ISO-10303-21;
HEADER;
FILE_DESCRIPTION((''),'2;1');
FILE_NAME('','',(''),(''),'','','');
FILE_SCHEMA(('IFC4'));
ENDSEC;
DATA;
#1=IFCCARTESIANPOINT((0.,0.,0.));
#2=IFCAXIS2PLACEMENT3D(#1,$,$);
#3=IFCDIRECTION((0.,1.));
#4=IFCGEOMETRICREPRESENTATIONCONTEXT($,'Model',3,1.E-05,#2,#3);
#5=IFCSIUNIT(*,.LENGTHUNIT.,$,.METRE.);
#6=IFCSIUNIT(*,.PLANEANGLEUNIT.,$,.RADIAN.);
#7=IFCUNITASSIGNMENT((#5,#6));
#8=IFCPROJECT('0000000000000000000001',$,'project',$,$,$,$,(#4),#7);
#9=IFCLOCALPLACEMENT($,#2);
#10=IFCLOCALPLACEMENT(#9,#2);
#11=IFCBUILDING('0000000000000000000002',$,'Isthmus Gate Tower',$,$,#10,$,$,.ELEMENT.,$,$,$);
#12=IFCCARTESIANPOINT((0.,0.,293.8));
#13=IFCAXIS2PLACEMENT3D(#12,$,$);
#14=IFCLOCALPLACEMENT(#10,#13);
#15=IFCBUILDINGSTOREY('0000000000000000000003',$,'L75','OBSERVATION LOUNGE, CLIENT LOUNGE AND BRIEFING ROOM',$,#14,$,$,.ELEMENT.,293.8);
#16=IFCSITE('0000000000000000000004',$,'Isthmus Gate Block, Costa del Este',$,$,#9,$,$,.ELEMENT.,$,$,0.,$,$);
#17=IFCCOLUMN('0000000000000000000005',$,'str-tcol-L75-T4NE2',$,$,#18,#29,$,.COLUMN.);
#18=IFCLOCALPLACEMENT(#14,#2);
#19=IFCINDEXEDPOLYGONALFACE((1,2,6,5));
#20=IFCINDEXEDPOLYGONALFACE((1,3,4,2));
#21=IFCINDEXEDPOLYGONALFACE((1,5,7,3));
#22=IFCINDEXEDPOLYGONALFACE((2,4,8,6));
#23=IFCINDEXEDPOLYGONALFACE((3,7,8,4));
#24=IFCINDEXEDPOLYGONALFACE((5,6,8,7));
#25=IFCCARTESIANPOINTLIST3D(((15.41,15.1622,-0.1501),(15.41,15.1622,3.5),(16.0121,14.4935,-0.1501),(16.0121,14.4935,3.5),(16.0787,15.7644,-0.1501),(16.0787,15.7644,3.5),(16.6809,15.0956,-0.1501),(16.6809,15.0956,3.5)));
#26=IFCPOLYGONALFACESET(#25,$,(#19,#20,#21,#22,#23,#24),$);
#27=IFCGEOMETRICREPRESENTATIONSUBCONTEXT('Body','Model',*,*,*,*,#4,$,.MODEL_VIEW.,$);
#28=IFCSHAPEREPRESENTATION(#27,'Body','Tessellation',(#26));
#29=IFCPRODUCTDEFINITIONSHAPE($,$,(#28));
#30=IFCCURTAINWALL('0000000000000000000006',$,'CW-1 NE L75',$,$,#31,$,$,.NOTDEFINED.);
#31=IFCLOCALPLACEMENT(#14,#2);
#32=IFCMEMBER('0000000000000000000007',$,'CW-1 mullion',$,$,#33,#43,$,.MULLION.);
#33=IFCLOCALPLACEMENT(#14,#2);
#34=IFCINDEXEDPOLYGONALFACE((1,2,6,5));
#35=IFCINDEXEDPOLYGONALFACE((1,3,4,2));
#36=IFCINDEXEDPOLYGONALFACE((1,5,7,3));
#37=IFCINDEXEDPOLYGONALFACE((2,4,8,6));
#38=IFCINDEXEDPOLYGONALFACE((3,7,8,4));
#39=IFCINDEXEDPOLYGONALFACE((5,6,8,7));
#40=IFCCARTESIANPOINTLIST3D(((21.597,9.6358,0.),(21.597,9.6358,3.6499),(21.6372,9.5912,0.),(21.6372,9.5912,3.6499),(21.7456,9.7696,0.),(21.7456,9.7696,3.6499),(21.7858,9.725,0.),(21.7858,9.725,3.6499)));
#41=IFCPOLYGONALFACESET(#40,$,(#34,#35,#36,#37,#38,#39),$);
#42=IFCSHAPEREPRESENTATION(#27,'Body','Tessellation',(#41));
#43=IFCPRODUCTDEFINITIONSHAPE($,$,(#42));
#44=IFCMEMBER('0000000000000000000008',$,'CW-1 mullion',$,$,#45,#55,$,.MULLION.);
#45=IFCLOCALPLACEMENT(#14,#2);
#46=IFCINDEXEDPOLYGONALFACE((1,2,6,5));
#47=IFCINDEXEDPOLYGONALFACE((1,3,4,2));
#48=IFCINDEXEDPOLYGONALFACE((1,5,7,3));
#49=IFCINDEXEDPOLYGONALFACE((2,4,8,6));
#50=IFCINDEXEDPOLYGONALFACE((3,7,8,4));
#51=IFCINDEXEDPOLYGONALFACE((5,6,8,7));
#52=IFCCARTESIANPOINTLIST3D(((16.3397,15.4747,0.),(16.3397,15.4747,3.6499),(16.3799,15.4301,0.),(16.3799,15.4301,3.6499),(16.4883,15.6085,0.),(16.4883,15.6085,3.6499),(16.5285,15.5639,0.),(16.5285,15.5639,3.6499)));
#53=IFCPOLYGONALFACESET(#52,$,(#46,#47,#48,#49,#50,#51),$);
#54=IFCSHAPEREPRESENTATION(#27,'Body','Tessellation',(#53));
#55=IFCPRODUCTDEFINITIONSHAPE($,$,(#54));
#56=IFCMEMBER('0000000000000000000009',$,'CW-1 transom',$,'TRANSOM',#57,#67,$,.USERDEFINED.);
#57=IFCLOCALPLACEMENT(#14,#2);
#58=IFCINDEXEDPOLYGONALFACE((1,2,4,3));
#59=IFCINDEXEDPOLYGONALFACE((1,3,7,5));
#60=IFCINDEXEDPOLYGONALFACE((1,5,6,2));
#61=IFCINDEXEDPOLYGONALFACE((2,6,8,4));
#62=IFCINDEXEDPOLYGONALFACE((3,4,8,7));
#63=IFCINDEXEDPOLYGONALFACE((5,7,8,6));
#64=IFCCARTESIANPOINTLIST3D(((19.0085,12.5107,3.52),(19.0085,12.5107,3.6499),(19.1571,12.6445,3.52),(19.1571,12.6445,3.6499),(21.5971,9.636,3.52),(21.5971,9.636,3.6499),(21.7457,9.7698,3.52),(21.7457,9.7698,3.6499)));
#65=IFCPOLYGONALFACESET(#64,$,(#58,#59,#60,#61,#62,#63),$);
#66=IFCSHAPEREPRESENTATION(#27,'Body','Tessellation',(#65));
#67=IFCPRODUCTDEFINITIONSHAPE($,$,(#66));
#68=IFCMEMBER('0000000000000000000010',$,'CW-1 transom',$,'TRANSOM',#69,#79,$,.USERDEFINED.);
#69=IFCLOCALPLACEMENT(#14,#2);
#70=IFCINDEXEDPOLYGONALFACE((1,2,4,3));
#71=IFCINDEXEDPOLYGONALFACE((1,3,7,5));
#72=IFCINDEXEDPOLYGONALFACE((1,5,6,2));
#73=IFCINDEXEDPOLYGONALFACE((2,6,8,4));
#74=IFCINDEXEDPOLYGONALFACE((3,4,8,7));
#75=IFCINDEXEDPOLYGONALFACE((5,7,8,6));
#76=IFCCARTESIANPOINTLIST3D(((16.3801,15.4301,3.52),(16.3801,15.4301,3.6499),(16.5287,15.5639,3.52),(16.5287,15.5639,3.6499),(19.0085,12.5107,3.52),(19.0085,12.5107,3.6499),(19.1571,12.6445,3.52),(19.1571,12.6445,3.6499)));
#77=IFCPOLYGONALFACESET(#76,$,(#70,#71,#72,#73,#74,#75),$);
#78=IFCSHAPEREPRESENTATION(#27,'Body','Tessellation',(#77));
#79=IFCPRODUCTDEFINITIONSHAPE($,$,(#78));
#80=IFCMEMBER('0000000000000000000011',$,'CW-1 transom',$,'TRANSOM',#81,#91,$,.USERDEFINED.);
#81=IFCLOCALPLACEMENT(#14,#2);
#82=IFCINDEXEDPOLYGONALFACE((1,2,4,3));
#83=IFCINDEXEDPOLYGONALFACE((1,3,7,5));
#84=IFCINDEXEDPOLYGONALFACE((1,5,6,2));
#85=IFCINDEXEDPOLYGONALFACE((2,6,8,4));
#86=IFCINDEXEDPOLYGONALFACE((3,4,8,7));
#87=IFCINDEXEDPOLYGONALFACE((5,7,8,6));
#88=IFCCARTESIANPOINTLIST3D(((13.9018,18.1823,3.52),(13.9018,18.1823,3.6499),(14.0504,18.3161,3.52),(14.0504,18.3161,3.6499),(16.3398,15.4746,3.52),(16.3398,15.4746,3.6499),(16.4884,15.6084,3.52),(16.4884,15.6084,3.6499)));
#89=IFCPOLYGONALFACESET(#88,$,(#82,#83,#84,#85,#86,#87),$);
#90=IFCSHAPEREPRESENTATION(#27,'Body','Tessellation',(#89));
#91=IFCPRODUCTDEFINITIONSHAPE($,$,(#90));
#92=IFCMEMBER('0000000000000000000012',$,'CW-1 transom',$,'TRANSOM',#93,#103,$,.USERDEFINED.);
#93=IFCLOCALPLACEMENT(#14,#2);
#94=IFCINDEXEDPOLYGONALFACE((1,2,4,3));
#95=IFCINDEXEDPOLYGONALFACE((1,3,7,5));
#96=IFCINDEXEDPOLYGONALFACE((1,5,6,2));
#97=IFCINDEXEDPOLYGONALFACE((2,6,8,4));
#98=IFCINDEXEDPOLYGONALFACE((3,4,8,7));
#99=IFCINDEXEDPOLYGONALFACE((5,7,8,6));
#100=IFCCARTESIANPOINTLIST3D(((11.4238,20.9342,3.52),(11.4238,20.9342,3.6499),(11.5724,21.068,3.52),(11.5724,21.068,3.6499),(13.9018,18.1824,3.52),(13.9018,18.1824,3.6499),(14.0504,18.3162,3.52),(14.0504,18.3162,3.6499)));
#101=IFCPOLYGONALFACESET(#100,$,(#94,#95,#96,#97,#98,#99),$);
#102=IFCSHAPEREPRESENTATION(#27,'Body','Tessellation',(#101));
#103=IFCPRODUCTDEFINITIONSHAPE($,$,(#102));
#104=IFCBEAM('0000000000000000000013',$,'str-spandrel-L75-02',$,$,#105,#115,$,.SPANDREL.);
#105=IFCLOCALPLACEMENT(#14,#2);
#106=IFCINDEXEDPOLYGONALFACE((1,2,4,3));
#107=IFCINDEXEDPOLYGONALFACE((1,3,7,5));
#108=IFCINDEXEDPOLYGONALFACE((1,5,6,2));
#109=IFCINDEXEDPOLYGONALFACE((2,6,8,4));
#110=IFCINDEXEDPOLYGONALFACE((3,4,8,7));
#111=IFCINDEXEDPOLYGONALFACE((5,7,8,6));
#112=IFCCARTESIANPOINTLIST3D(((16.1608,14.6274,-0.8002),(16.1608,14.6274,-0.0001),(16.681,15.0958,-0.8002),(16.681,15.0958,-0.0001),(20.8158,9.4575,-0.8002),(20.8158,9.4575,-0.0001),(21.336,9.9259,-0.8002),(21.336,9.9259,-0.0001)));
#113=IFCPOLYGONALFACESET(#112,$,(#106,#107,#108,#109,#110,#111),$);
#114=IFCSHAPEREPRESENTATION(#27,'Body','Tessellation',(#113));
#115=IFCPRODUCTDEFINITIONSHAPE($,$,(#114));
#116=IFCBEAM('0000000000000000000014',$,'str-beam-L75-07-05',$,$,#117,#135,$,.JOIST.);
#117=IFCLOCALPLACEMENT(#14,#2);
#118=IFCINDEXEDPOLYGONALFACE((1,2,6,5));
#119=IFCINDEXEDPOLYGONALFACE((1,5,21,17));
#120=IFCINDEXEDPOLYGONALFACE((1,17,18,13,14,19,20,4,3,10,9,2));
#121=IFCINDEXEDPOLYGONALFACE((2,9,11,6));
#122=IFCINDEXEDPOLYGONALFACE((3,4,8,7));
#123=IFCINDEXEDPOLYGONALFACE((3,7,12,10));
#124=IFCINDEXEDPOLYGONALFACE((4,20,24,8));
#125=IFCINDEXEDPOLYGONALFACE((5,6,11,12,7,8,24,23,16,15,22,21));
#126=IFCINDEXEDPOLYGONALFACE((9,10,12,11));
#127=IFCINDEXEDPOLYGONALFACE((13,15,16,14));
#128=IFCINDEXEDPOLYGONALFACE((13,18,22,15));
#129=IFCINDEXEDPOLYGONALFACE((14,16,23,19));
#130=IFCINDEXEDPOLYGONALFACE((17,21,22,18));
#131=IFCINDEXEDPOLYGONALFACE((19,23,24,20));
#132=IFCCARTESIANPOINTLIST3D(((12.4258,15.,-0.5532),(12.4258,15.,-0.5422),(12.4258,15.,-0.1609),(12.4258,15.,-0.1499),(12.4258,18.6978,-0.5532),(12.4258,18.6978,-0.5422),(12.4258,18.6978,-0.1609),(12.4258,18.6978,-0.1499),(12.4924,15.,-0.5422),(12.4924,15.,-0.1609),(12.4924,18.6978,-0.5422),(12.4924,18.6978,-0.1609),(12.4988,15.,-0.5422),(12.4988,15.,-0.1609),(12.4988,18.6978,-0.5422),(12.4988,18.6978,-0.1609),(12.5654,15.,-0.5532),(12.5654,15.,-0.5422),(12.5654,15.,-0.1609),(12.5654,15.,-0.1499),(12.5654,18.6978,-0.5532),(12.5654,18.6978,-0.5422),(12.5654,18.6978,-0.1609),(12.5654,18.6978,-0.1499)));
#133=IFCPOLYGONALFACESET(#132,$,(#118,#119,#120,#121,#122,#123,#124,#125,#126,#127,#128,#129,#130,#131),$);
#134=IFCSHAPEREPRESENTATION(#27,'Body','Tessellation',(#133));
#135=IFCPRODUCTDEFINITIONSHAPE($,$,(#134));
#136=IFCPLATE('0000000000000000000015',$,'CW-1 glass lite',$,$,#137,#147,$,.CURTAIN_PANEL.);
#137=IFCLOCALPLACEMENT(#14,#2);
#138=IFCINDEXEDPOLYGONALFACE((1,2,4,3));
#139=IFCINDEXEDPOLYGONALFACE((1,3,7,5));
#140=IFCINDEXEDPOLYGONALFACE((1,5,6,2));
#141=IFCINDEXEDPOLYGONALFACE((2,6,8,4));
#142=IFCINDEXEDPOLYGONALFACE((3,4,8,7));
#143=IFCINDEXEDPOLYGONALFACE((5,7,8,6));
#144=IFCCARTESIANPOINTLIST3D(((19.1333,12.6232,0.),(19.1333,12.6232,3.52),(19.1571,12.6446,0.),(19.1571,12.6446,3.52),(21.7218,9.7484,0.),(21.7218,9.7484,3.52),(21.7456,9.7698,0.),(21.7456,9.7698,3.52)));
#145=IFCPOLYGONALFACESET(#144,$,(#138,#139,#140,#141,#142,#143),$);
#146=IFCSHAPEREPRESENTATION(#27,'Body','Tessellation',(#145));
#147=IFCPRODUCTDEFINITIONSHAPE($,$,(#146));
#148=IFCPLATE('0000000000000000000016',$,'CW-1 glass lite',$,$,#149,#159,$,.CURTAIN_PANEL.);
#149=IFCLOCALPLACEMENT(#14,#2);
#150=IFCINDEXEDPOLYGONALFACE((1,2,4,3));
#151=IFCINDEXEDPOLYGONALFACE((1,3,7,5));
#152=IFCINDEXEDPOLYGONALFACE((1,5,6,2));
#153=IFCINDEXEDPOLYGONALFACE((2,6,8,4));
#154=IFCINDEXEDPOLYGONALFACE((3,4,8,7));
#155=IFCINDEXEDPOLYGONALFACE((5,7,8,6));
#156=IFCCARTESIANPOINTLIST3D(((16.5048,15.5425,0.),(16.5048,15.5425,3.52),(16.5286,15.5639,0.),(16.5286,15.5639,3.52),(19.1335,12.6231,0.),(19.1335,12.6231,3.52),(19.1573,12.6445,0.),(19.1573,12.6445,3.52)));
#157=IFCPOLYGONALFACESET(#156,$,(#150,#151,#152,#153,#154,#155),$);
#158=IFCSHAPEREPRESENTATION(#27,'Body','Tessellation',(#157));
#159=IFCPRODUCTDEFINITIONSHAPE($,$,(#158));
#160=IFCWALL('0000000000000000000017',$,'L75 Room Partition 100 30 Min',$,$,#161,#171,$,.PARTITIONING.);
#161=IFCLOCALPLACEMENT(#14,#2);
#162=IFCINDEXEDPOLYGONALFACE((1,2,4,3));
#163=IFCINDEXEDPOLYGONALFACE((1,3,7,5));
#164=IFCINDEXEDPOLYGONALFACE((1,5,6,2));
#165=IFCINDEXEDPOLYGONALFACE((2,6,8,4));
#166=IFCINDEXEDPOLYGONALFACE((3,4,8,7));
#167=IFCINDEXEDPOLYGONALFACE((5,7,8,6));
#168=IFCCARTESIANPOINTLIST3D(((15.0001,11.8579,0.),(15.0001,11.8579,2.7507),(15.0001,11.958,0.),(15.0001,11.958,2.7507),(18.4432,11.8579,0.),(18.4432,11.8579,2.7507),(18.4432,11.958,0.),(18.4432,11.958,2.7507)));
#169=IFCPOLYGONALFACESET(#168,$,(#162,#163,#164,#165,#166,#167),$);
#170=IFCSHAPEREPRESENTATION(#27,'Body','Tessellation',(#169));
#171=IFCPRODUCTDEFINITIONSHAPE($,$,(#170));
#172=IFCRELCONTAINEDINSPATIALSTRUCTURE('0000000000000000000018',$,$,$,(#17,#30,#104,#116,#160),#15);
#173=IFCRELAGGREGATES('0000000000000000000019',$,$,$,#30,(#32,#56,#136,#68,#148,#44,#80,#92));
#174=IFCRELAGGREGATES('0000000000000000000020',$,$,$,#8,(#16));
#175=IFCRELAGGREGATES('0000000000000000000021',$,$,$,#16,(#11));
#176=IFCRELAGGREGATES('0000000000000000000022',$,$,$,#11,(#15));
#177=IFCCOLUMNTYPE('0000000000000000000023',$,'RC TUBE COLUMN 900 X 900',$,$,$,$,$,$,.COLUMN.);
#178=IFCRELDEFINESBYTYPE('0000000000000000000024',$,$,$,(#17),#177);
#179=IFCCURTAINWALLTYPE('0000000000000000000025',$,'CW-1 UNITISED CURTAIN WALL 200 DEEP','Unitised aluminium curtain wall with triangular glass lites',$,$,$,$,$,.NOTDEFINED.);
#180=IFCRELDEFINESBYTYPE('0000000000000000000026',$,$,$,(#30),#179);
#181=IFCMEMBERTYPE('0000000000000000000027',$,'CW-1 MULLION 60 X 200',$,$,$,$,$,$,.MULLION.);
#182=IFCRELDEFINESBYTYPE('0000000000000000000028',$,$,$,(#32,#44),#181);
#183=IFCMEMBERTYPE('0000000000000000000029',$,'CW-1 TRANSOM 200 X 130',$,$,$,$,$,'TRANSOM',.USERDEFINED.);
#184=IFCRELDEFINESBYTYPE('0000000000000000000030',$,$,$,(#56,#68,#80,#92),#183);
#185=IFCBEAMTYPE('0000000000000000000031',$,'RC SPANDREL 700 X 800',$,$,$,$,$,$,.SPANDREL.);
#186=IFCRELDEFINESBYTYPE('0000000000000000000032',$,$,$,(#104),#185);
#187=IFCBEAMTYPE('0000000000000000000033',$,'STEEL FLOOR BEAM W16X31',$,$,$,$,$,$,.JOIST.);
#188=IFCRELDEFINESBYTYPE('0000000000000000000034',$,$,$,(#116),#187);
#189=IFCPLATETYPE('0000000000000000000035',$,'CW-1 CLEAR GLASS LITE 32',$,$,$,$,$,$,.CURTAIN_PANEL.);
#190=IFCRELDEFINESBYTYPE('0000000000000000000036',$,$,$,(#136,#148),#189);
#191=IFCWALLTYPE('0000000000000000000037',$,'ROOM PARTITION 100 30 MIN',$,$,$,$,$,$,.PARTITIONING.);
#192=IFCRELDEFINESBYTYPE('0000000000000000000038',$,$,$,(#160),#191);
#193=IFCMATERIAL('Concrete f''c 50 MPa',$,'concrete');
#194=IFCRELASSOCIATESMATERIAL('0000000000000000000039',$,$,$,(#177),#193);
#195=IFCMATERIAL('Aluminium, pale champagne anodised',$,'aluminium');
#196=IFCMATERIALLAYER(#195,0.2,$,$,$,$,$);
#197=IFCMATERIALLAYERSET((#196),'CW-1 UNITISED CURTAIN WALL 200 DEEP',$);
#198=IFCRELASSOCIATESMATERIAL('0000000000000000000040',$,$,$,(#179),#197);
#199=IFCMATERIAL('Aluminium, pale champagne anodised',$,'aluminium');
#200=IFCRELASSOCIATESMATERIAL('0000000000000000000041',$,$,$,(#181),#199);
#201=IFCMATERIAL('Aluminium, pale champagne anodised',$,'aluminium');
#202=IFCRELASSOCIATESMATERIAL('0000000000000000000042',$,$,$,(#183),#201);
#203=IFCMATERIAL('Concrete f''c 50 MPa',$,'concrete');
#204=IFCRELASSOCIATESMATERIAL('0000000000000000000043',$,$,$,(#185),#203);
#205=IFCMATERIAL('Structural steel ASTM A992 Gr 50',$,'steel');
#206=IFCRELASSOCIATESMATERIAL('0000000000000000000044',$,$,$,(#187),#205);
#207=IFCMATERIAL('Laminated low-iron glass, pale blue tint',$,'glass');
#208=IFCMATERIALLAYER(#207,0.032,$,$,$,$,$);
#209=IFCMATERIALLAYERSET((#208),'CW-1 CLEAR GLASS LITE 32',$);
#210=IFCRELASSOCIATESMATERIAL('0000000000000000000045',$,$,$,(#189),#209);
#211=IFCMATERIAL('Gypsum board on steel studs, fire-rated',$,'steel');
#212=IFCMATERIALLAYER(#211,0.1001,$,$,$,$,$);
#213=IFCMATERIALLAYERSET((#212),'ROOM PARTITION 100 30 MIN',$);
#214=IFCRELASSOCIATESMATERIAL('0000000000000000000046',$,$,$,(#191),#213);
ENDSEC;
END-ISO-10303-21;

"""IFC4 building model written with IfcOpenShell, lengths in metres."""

from ifc_helpers import new_model, si_unit, direction, frame, frame_2d, origin, origin_2d, place, context, subcontext, project, spatial, rectangle, i_section, extrude, material, layer, layer_set, material_profile, profile_set, type_object, element, aggregate, save


model = new_model("IFC4")

# Units and contexts
model_context = context("Model", 3, precision=1e-05, world=origin(), true_north=direction((0.0, 1.0)))
body_context = subcontext(model_context, "Body", "Model", "MODEL_VIEW")
ifc_project = project(units=[si_unit("LENGTHUNIT", "METRE"), si_unit("PLANEANGLEUNIT", "RADIAN")], contexts=[model_context])

# Site, building, storey
site_placement = place(None, origin())
site = spatial("IfcSite", under=ifc_project, at=site_placement, Name="Isthmus Gate Block, Costa del Este", CompositionType="ELEMENT", RefElevation=0.0)
building_placement = place(site_placement, origin())
building = spatial("IfcBuilding", under=site, at=building_placement, Name="Isthmus Gate Tower", CompositionType="ELEMENT")
storey_placement = place(building_placement, frame((0.0, 0.0, 293.8)))
storey = spatial("IfcBuildingStorey", under=building, at=storey_placement, Name="L75", Description="OBSERVATION LOUNGE, CLIENT LOUNGE AND BRIEFING ROOM", CompositionType="ELEMENT", Elevation=293.8)

# Column
ifc_material_1 = material(Name="Concrete f'c 50 MPa", Category="concrete")
ifc_material_profile_1 = material_profile(ifc_material_1, rectangle(XDim=0.8999, YDim=0.8999, at=origin_2d()), Name="RC 900X900")
ifc_profile_set_1 = profile_set([ifc_material_profile_1], Name="Concrete f'c 50 MPa")
column_type = type_object("IfcColumnType", Name="RC TUBE COLUMN 900 X 900", PredefinedType="COLUMN", material=ifc_profile_set_1)
column_placement = place(storey_placement, frame((16.0454, 15.1289, -0.1501), z_axis=(0.0, 0.0, 1.0), x_axis=(-0.669131, 0.743145, 0.0)))
element("IfcColumn", 1, at=column_placement, inside=storey, type_object=column_type, Name="str-tcol-L75-T4NE2", PredefinedType="COLUMN", context=body_context, shape_type="SweptSolid", body=[
    extrude(rectangle(XDim=0.8999, YDim=0.8999, at=origin_2d()), origin(), (0.0, 0.0, 1.0), 3.6501),
])

# Curtain wall, members
ifc_material_2 = material(Name="Aluminium, pale champagne anodised", Category="aluminium")
ifc_layer_1 = layer(ifc_material_2, 0.2)
ifc_layer_set_1 = layer_set([ifc_layer_1], Name="CW-1 UNITISED CURTAIN WALL 200 DEEP")
curtain_wall_type = type_object("IfcCurtainWallType", Name="CW-1 UNITISED CURTAIN WALL 200 DEEP", Description="Unitised aluminium curtain wall with triangular glass lites", PredefinedType="NOTDEFINED", material=ifc_layer_set_1)
curtain_wall_placement = place(storey_placement, origin())
curtain_wall = element("IfcCurtainWall", 2, at=curtain_wall_placement, inside=storey, type_object=curtain_wall_type, Name="CW-1 NE L75", PredefinedType="NOTDEFINED")
ifc_material_3 = material(Name="Aluminium, pale champagne anodised", Category="aluminium")
ifc_material_profile_2 = material_profile(ifc_material_3, rectangle(XDim=0.0601, YDim=0.2, at=origin_2d()), Name="60x200")
ifc_profile_set_2 = profile_set([ifc_material_profile_2], Name="Aluminium, pale champagne anodised")
member_type_1 = type_object("IfcMemberType", Name="CW-1 MULLION 60 X 200", PredefinedType="MULLION", material=ifc_profile_set_2)
member_1_placement = place(storey_placement, frame((21.6914, 9.6804, 0.0), z_axis=(0.0, 0.0, 1.0), x_axis=(-0.669131, 0.743145, 0.0)))
member_1 = element("IfcMember", 3, at=member_1_placement, type_object=member_type_1, Name="CW-1 mullion", PredefinedType="MULLION", context=body_context, shape_type="SweptSolid", body=[
    extrude(rectangle(XDim=0.0601, YDim=0.2, at=origin_2d()), origin(), (0.0, 0.0, 1.0), 3.6499),
])
member_2_placement = place(storey_placement, frame((16.4341, 15.5193, 0.0), z_axis=(0.0, 0.0, 1.0), x_axis=(-0.669131, 0.743145, 0.0)))
member_2 = element("IfcMember", 4, at=member_2_placement, type_object=member_type_1, Name="CW-1 mullion", PredefinedType="MULLION", context=body_context, shape_type="SweptSolid", body=[
    extrude(rectangle(XDim=0.0601, YDim=0.2, at=origin_2d()), origin(), (0.0, 0.0, 1.0), 3.6499),
])
ifc_material_4 = material(Name="Aluminium, pale champagne anodised", Category="aluminium")
ifc_material_profile_3 = material_profile(ifc_material_4, rectangle(XDim=0.2, YDim=0.1299, at=origin_2d()), Name="200x130")
ifc_profile_set_3 = profile_set([ifc_material_profile_3], Name="Aluminium, pale champagne anodised")
member_type_2 = type_object("IfcMemberType", Name="CW-1 TRANSOM 200 X 130", ElementType="TRANSOM", PredefinedType="USERDEFINED", material=ifc_profile_set_3)
member_3_placement = place(storey_placement, frame((21.6714, 9.7029, 3.585), z_axis=(-0.669156, 0.743122, 0.0), x_axis=(-0.743122, -0.669156, 0.0)))
member_3 = element("IfcMember", 5, at=member_3_placement, type_object=member_type_2, Name="CW-1 transom", ObjectType="TRANSOM", PredefinedType="USERDEFINED", context=body_context, shape_type="SweptSolid", body=[
    extrude(rectangle(XDim=0.2, YDim=0.1299, at=origin_2d()), origin(), (0.0, 0.0, 1.0), 3.8684),
])
member_4_placement = place(storey_placement, frame((19.0828, 12.5776, 3.585), z_axis=(-0.669095, 0.743177, 0.0), x_axis=(-0.743177, -0.669095, 0.0)))
member_4 = element("IfcMember", 6, at=member_4_placement, type_object=member_type_2, Name="CW-1 transom", ObjectType="TRANSOM", PredefinedType="USERDEFINED", context=body_context, shape_type="SweptSolid", body=[
    extrude(rectangle(XDim=0.2, YDim=0.1299, at=origin_2d()), origin(), (0.0, 0.0, 1.0), 3.9282),
])
member_5_placement = place(storey_placement, frame((16.4141, 15.5415, 3.585), z_axis=(-0.669116, 0.743158, 0.0), x_axis=(-0.743158, -0.669116, 0.0)))
member_5 = element("IfcMember", 7, at=member_5_placement, type_object=member_type_2, Name="CW-1 transom", ObjectType="TRANSOM", PredefinedType="USERDEFINED", context=body_context, shape_type="SweptSolid", body=[
    extrude(rectangle(XDim=0.2, YDim=0.1299, at=origin_2d()), origin(), (0.0, 0.0, 1.0), 3.6436),
])
member_6_placement = place(storey_placement, frame((13.9761, 18.2493, 3.585), z_axis=(-0.669154, 0.743124, 0.0), x_axis=(-0.743124, -0.669154, 0.0)))
member_6 = element("IfcMember", 8, at=member_6_placement, type_object=member_type_2, Name="CW-1 transom", ObjectType="TRANSOM", PredefinedType="USERDEFINED", context=body_context, shape_type="SweptSolid", body=[
    extrude(rectangle(XDim=0.2, YDim=0.1299, at=origin_2d()), origin(), (0.0, 0.0, 1.0), 3.7031),
])

# Beams
ifc_material_5 = material(Name="Concrete f'c 50 MPa", Category="concrete")
ifc_material_profile_4 = material_profile(ifc_material_5, rectangle(XDim=0.7, YDim=0.8, at=origin_2d()), Name="RC 700X800")
ifc_profile_set_4 = profile_set([ifc_material_profile_4], Name="Concrete f'c 50 MPa")
beam_type_1 = type_object("IfcBeamType", Name="RC SPANDREL 700 X 800", PredefinedType="SPANDREL", material=ifc_profile_set_4)
beam_1_placement = place(storey_placement, frame((16.4209, 14.8616, -0.4001), z_axis=(0.669131, -0.743144, 0.0), x_axis=(0.743144, 0.669131, 0.0)))
element("IfcBeam", 9, at=beam_1_placement, inside=storey, type_object=beam_type_1, Name="str-spandrel-L75-02", PredefinedType="SPANDREL", context=body_context, shape_type="SweptSolid", body=[
    extrude(rectangle(XDim=0.7, YDim=0.8, at=origin_2d()), origin(), (0.0, 0.0, 1.0), 6.9568),
])
ifc_material_6 = material(Name="Structural steel ASTM A992 Gr 50", Category="steel")
ifc_material_profile_5 = material_profile(ifc_material_6, i_section(OverallWidth=0.1396, OverallDepth=0.4033, WebThickness=0.0063, FlangeThickness=0.011, at=origin_2d()), Name="W16X31")
ifc_profile_set_5 = profile_set([ifc_material_profile_5], Name="Structural steel ASTM A992 Gr 50")
beam_type_2 = type_object("IfcBeamType", Name="STEEL FLOOR BEAM W16X31", PredefinedType="JOIST", material=ifc_profile_set_5)
beam_2_placement = place(storey_placement, frame((12.4956, 15.0, -0.3516), z_axis=(0.0, 1.0, 0.0), x_axis=(-1.0, 0.0, 0.0)))
element("IfcBeam", 10, at=beam_2_placement, inside=storey, type_object=beam_type_2, Name="str-beam-L75-07-05", PredefinedType="JOIST", context=body_context, shape_type="SweptSolid", body=[
    extrude(i_section(OverallWidth=0.1396, OverallDepth=0.4033, WebThickness=0.0063, FlangeThickness=0.011, at=origin_2d()), origin(), (0.0, 0.0, 1.0), 3.6978),
])

# Plates
ifc_material_7 = material(Name="Laminated low-iron glass, pale blue tint", Category="glass")
ifc_layer_2 = layer(ifc_material_7, 0.032)
ifc_layer_set_2 = layer_set([ifc_layer_2], Name="CW-1 CLEAR GLASS LITE 32")
plate_type = type_object("IfcPlateType", Name="CW-1 CLEAR GLASS LITE 32", PredefinedType="CURTAIN_PANEL", material=ifc_layer_set_2)
plate_1_placement = place(storey_placement, frame((20.4395, 11.1965, 0.0), z_axis=(0.0, 0.0, 1.0), x_axis=(-0.669131, 0.743145, 0.0)))
plate_1 = element("IfcPlate", 11, at=plate_1_placement, type_object=plate_type, Name="CW-1 glass lite", PredefinedType="CURTAIN_PANEL", context=body_context, shape_type="SweptSolid", body=[
    extrude(rectangle(XDim=3.8684, YDim=0.032, at=origin_2d()), origin(), (0.0, 0.0, 1.0), 3.52),
])
plate_2_placement = place(storey_placement, frame((17.8311, 14.0935, 0.0), z_axis=(0.0, 0.0, 1.0), x_axis=(-0.669131, 0.743145, 0.0)))
plate_2 = element("IfcPlate", 12, at=plate_2_placement, type_object=plate_type, Name="CW-1 glass lite", PredefinedType="CURTAIN_PANEL", context=body_context, shape_type="SweptSolid", body=[
    extrude(rectangle(XDim=3.9285, YDim=0.032, at=origin_2d()), origin(), (0.0, 0.0, 1.0), 3.52),
])

# Wall
ifc_material_8 = material(Name="Gypsum board on steel studs, fire-rated", Category="steel")
ifc_layer_3 = layer(ifc_material_8, 0.1001)
ifc_layer_set_3 = layer_set([ifc_layer_3], Name="ROOM PARTITION 100 30 MIN")
wall_type = type_object("IfcWallType", Name="ROOM PARTITION 100 30 MIN", PredefinedType="PARTITIONING", material=ifc_layer_set_3)
wall_placement = place(storey_placement, frame((15.0, 11.908, 0.0), z_axis=(0.0, 0.0, 1.0), x_axis=(1.0, 0.0, 0.0)))
element("IfcWall", 13, at=wall_placement, inside=storey, type_object=wall_type, Name="L75 Room Partition 100 30 Min", PredefinedType="PARTITIONING", context=body_context, shape_type="SweptSolid", body=[
    extrude(rectangle(XDim=3.4431, YDim=0.1001, at=frame_2d((1.7217, 0.0))), origin(), (0.0, 0.0, 1.0), 2.7507),
])

aggregate(curtain_wall, [member_1, member_3, plate_1, member_4, plate_2, member_2, member_5, member_6])

save(model, "model.ifc")
